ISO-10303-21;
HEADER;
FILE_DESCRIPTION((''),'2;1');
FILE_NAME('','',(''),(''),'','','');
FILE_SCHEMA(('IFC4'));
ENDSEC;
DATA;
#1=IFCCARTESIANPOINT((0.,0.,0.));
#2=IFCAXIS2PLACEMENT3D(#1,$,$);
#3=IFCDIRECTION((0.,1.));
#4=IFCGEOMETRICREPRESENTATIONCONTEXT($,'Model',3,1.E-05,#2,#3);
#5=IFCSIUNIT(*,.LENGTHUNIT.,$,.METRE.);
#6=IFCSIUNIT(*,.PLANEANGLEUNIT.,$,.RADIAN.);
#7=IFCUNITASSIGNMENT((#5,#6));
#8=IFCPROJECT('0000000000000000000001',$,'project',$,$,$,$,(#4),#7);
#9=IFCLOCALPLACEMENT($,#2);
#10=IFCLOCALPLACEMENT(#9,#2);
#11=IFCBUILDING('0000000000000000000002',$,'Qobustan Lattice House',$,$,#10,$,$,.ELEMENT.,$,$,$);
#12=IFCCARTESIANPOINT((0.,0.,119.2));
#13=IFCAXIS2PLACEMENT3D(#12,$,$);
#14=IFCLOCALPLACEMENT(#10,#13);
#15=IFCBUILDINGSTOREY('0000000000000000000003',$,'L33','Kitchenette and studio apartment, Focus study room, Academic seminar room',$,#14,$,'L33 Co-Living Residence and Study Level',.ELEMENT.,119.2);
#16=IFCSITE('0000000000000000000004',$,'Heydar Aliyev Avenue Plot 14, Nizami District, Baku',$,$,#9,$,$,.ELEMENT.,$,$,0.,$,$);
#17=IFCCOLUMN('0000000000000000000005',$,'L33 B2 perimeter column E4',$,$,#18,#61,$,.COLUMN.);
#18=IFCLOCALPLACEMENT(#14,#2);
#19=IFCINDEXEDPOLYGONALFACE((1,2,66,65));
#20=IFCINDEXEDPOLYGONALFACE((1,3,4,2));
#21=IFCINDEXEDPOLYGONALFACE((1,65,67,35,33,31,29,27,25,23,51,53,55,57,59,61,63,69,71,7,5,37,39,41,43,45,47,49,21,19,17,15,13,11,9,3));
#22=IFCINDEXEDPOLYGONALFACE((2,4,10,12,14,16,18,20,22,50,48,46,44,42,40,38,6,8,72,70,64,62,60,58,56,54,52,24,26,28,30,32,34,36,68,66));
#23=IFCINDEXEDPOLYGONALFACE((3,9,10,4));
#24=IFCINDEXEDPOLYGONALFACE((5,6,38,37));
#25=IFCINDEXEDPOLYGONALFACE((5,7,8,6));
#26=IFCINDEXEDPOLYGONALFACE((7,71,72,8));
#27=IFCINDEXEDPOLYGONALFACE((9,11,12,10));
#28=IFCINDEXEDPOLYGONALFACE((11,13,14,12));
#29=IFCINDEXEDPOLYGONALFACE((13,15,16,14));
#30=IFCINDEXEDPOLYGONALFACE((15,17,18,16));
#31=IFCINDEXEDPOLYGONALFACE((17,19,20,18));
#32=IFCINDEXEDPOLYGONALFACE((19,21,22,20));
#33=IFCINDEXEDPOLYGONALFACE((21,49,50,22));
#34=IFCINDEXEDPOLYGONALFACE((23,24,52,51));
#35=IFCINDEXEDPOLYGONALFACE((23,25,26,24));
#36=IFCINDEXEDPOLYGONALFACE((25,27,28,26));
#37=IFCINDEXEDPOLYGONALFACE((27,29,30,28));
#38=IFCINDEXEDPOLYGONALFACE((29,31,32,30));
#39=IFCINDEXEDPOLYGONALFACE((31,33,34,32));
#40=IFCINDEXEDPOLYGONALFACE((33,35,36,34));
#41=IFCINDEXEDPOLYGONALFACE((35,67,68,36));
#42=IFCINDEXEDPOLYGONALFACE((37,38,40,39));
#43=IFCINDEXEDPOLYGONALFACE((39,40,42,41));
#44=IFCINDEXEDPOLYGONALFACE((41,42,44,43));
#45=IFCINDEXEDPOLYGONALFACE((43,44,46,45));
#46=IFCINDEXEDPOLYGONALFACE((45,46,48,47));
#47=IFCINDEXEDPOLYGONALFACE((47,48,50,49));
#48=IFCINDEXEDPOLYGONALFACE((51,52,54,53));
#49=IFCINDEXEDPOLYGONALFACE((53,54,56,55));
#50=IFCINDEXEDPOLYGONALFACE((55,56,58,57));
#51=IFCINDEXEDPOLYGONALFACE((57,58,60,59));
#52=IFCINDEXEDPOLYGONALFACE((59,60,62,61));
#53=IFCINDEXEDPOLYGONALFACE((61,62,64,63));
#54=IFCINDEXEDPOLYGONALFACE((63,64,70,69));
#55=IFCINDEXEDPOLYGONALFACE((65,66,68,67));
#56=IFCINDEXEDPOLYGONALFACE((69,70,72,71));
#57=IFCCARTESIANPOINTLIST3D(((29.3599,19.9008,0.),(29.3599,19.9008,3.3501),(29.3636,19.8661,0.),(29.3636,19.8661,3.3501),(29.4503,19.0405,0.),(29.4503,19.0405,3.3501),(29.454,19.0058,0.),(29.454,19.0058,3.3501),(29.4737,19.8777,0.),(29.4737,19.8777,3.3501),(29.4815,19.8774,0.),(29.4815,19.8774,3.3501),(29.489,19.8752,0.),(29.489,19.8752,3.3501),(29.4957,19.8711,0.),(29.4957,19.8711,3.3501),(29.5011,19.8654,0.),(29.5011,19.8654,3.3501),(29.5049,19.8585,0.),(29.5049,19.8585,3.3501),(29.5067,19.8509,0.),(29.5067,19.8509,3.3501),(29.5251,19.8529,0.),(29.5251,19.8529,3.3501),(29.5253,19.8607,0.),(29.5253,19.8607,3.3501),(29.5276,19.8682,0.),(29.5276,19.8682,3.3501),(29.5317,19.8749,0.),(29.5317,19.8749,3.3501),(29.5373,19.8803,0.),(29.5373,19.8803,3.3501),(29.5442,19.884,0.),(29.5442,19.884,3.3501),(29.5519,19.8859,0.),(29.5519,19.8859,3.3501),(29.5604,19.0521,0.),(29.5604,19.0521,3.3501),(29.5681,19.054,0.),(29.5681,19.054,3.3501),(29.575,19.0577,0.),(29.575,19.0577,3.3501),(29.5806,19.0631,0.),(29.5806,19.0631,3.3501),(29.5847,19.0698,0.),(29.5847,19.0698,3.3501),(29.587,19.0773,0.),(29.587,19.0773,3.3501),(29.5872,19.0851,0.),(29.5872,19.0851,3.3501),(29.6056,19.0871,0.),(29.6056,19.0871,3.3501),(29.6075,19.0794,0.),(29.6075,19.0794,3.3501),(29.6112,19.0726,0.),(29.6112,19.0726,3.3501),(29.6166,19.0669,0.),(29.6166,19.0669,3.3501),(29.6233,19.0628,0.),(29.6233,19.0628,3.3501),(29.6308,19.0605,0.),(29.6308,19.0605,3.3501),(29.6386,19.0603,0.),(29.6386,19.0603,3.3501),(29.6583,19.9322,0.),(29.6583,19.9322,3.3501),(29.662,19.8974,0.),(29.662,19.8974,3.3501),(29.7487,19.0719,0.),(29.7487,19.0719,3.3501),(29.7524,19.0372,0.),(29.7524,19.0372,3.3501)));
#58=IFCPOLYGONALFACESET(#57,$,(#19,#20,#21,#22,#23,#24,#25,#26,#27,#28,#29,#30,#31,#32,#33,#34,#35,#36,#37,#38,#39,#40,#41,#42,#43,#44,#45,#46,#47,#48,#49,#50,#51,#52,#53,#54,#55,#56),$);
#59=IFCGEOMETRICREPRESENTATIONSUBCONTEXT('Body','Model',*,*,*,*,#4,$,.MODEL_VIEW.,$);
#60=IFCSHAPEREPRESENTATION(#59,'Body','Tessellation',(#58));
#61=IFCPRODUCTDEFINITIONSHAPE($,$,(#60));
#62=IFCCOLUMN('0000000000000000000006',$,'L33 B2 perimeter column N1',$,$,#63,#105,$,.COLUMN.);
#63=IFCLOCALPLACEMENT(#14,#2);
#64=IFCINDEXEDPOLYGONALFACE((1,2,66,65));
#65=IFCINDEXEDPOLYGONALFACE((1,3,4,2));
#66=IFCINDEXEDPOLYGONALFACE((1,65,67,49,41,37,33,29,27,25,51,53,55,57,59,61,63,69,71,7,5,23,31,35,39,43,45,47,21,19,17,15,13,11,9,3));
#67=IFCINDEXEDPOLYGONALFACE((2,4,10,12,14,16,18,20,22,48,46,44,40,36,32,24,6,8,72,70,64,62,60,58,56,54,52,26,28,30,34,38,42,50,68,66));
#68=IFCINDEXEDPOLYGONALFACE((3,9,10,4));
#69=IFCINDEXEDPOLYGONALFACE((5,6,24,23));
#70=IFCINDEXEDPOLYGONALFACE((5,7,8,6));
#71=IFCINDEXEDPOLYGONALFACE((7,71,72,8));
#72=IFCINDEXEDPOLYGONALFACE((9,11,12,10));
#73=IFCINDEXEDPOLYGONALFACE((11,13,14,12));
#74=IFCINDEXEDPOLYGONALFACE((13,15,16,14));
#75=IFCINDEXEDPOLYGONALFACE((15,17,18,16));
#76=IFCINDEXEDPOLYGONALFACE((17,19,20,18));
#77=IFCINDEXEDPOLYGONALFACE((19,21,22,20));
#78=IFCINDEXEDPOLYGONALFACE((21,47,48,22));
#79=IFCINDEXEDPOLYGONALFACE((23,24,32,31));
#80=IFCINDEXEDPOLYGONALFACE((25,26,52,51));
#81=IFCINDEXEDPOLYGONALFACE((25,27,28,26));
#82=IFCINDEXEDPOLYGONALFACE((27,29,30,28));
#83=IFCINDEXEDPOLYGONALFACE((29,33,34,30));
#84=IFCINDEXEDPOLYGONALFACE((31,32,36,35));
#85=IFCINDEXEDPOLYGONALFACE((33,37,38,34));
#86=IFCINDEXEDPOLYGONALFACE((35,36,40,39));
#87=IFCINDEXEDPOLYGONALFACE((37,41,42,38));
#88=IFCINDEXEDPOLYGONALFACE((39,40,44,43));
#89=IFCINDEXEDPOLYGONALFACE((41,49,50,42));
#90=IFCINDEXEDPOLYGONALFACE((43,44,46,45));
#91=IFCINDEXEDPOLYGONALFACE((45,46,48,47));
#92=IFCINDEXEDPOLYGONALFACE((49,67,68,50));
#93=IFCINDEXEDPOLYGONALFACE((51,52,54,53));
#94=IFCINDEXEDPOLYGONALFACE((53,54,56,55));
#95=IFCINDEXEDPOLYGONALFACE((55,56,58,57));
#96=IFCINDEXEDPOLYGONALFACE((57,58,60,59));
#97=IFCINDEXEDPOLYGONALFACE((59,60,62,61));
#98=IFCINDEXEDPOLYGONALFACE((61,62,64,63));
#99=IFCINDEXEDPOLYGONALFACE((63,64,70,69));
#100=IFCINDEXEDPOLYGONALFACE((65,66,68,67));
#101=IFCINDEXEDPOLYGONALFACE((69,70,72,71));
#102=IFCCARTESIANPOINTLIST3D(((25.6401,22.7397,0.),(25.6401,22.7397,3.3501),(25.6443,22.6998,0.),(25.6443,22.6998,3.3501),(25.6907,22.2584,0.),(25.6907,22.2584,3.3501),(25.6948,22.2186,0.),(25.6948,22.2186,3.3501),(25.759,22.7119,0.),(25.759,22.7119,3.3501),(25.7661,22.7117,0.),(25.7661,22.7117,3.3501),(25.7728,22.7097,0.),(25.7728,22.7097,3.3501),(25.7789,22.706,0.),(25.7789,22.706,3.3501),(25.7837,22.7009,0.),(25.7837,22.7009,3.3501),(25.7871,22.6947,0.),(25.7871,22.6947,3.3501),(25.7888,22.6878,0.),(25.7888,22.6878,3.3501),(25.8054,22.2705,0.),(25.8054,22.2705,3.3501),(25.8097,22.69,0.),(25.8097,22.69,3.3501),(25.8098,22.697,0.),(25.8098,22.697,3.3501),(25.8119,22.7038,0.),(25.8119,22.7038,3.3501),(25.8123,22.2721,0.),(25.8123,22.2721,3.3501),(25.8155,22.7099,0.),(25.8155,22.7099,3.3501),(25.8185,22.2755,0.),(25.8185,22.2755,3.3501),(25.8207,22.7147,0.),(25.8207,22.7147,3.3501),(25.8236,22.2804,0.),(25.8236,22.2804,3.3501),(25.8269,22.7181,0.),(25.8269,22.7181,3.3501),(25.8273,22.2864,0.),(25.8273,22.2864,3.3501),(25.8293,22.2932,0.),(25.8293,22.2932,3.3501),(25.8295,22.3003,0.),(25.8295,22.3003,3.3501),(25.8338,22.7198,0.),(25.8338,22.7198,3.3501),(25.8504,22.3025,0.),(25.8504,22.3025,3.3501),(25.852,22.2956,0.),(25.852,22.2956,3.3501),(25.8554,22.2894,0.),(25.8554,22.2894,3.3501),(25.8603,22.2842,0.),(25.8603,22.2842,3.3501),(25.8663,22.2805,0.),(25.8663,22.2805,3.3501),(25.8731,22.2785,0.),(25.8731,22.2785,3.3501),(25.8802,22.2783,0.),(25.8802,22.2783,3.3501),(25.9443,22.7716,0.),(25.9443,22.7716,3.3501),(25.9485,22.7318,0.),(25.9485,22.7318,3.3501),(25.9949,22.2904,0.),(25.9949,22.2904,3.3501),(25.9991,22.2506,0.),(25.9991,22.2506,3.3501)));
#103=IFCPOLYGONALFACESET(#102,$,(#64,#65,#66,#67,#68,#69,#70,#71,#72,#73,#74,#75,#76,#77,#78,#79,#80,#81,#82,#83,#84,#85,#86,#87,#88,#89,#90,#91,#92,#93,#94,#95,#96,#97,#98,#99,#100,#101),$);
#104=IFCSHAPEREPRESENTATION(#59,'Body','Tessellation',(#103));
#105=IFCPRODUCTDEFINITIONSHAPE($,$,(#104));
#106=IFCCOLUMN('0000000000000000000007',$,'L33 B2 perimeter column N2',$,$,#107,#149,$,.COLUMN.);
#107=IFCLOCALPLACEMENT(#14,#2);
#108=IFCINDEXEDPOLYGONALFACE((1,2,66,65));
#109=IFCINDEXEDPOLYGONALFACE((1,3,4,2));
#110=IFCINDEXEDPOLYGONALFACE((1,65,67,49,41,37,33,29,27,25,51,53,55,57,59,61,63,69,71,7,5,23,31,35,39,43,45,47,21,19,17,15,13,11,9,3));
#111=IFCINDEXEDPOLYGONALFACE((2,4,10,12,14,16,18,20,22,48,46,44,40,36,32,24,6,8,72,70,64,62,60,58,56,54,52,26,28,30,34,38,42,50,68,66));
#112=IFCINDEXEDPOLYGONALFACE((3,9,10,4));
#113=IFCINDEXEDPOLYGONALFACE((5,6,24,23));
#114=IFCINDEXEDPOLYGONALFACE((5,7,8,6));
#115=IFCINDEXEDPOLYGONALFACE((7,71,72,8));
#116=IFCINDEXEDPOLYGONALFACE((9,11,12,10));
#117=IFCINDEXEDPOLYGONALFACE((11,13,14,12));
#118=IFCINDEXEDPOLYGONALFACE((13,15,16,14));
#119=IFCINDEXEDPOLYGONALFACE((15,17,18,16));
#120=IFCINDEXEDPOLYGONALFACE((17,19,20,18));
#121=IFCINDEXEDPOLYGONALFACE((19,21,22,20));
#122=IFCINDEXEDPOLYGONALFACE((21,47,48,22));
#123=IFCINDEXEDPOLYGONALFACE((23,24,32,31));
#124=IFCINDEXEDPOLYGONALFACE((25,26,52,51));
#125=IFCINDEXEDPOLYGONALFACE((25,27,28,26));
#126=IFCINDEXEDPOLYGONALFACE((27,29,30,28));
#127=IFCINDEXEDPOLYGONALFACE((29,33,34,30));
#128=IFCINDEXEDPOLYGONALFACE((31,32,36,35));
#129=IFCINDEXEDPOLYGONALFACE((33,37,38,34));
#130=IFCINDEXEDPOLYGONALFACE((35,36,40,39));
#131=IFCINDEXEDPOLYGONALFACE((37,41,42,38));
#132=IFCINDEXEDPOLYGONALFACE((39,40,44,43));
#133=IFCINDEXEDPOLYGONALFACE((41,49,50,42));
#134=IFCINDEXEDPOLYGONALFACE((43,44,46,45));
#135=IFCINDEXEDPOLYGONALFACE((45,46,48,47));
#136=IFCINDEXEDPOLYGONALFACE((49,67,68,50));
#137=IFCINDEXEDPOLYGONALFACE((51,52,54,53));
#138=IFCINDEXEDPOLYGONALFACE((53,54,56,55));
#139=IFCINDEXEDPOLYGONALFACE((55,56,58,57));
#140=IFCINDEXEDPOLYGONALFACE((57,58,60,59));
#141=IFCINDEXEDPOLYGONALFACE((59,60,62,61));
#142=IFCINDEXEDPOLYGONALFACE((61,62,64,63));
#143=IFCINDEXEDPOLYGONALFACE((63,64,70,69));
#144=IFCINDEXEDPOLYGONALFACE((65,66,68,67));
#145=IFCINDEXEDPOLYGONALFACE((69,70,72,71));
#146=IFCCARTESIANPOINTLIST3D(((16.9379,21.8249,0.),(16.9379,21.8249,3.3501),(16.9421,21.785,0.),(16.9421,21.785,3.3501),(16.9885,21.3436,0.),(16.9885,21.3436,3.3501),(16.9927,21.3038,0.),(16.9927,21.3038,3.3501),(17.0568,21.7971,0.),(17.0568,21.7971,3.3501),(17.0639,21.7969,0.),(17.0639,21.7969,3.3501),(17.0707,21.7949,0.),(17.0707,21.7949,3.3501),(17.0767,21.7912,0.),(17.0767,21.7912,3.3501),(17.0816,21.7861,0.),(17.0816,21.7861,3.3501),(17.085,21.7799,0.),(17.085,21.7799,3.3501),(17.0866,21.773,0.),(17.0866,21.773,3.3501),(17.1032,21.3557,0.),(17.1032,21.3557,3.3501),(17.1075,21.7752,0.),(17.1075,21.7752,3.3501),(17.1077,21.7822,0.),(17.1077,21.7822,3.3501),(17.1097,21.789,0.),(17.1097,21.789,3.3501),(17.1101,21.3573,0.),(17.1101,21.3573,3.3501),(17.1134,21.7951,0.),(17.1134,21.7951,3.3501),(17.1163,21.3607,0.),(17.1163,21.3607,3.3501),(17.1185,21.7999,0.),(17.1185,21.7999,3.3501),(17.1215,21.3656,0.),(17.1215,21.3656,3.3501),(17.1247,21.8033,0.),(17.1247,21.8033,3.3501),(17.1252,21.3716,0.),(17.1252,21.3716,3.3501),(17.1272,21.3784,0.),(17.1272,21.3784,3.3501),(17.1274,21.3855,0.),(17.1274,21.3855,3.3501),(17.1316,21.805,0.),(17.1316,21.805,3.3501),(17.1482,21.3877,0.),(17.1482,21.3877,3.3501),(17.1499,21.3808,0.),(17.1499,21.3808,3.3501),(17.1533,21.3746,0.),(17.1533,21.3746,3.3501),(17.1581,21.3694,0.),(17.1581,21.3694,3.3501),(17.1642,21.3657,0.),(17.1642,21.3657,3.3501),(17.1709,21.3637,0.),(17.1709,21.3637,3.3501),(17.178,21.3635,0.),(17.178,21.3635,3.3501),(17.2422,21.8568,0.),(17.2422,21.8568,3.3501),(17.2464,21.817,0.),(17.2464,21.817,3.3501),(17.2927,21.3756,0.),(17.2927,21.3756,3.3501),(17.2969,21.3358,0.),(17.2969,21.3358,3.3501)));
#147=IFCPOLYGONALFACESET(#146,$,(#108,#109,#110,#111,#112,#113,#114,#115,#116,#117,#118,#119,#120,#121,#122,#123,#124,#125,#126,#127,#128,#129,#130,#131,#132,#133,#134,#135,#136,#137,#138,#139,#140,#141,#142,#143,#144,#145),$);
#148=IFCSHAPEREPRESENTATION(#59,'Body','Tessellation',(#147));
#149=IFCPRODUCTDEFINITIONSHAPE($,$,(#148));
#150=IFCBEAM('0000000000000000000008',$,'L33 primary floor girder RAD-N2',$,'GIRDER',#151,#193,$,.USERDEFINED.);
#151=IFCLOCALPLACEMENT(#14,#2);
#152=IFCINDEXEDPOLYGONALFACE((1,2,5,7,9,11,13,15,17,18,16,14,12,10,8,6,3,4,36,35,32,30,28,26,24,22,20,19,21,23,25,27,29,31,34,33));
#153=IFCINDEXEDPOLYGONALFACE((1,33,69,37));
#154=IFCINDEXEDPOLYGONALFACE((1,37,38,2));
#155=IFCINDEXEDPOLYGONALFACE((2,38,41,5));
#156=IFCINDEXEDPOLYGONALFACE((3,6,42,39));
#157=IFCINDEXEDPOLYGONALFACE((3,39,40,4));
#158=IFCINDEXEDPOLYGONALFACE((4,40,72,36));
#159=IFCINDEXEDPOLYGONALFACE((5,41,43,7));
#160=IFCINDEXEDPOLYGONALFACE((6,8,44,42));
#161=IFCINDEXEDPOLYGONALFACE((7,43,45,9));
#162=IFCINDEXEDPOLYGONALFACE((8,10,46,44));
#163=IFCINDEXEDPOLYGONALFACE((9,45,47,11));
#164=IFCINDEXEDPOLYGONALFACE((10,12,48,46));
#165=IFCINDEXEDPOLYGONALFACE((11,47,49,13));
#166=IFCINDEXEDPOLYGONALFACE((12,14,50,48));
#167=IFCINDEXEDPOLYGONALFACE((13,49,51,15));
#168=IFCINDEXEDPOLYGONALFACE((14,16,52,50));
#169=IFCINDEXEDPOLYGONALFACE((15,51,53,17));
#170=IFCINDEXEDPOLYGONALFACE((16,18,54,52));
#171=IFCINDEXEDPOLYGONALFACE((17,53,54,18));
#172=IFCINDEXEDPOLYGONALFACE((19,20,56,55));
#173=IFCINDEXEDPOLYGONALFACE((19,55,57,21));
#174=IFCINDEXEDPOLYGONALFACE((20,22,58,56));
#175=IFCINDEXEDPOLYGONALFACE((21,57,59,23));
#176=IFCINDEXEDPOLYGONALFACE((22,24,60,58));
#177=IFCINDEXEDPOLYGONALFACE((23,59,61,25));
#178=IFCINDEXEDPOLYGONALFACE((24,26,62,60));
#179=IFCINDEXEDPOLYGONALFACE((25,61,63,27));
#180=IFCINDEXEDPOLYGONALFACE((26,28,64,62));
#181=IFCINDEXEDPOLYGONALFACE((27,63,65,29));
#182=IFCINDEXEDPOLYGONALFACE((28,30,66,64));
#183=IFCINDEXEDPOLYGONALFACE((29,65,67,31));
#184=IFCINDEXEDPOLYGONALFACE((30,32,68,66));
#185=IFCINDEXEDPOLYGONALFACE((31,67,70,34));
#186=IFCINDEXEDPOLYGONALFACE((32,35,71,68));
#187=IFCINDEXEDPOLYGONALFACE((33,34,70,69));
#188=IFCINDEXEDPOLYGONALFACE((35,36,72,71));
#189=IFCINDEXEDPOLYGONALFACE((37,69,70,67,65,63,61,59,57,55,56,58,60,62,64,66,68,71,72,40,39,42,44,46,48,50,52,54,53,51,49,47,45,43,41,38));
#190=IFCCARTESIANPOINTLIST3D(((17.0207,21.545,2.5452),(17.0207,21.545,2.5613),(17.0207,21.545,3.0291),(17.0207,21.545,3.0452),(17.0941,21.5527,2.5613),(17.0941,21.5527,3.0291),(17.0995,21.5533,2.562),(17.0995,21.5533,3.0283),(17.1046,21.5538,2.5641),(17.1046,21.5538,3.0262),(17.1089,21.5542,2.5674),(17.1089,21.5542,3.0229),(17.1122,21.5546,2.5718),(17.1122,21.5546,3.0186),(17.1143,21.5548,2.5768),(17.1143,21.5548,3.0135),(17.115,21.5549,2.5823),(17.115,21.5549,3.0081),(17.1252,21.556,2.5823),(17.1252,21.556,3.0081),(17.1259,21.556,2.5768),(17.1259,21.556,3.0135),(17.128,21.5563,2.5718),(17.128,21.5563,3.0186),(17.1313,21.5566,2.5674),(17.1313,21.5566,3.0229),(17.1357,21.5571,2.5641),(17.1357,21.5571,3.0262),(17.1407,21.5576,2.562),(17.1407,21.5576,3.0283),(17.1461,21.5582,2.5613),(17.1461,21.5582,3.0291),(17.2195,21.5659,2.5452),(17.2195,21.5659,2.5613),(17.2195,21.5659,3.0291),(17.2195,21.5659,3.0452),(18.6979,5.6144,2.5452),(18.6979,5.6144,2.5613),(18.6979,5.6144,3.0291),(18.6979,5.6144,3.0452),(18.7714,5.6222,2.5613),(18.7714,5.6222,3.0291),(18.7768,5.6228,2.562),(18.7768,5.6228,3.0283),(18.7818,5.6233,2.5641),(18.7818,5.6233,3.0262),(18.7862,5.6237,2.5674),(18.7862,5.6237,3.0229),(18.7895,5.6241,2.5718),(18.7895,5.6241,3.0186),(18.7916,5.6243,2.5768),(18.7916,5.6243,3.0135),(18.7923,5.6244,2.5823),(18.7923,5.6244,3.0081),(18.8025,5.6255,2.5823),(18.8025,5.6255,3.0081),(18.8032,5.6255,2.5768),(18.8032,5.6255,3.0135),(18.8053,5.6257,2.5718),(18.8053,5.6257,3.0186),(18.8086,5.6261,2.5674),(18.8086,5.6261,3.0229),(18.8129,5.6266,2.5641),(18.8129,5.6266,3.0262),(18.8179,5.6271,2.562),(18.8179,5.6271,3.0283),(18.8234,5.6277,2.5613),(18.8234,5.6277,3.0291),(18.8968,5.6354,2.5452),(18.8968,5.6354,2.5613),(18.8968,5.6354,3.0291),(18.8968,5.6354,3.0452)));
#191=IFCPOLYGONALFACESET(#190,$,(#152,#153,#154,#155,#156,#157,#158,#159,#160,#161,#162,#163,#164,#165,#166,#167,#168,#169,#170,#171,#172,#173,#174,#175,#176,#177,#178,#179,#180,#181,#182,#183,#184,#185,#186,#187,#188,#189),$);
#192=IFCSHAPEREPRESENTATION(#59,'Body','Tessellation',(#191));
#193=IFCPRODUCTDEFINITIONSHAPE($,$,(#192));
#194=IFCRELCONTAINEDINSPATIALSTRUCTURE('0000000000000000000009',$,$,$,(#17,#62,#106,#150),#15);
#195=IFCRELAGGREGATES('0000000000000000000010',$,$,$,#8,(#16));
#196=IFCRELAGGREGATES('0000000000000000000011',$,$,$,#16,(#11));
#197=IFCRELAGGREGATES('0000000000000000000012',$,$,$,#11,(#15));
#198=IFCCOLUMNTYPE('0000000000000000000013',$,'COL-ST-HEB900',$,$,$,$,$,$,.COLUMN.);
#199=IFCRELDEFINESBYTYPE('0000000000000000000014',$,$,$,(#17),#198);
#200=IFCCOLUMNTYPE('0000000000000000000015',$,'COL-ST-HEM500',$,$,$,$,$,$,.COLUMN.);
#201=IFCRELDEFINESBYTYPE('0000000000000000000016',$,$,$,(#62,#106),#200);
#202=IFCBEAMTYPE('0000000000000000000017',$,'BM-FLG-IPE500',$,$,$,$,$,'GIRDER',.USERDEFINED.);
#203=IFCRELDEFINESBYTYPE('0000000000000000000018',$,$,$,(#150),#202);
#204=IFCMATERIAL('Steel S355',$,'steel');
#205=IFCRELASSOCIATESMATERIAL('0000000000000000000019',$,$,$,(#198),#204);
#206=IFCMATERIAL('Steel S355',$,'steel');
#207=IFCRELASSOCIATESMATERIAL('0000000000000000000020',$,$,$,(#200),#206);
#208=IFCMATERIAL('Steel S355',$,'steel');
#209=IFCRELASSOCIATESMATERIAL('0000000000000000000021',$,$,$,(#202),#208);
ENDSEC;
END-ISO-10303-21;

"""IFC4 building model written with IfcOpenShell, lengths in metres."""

from ifc_helpers import new_model, si_unit, direction, frame, origin, origin_2d, place, context, subcontext, project, spatial, i_section, extrude, material, material_profile, profile_set, type_object, element, save


model = new_model("IFC4")

# Units and contexts
model_context = context("Model", 3, precision=1e-05, world=origin(), true_north=direction((0.0, 1.0)))
body_context = subcontext(model_context, "Body", "Model", "MODEL_VIEW")
ifc_project = project(units=[si_unit("LENGTHUNIT", "METRE"), si_unit("PLANEANGLEUNIT", "RADIAN")], contexts=[model_context])

# Site, building, storey
site_placement = place(None, origin())
site = spatial("IfcSite", under=ifc_project, at=site_placement, Name="Heydar Aliyev Avenue Plot 14, Nizami District, Baku", CompositionType="ELEMENT", RefElevation=0.0)
building_placement = place(site_placement, origin())
building = spatial("IfcBuilding", under=site, at=building_placement, Name="Qobustan Lattice House", CompositionType="ELEMENT")
storey_placement = place(building_placement, frame((0.0, 0.0, 119.2)))
storey = spatial("IfcBuildingStorey", under=building, at=storey_placement, Name="L33", Description="Kitchenette and studio apartment, Focus study room, Academic seminar room", LongName="L33 Co-Living Residence and Study Level", CompositionType="ELEMENT", Elevation=119.2)

# Columns
ifc_material_1 = material(Name="Steel S355", Category="steel")
ifc_material_profile_1 = material_profile(ifc_material_1, i_section(OverallWidth=0.3, OverallDepth=0.8999, WebThickness=0.0186, FlangeThickness=0.0349, FilletRadius=0.03, at=origin_2d()), Name="HEB900")
ifc_profile_set_1 = profile_set([ifc_material_profile_1], Name="Steel S355")
column_type_1 = type_object("IfcColumnType", Name="COL-ST-HEB900", PredefinedType="COLUMN", material=ifc_profile_set_1)
column_placement = place(storey_placement, frame((29.5562, 19.469, 0.0), z_axis=(0.0, 0.0, 1.0), x_axis=(0.994522, 0.104528, 0.0)))
element("IfcColumn", 1, at=column_placement, inside=storey, type_object=column_type_1, Name="L33 B2 perimeter column E4", PredefinedType="COLUMN", context=body_context, shape_type="SweptSolid", body=[
    extrude(i_section(OverallWidth=0.3, OverallDepth=0.8999, WebThickness=0.0186, FlangeThickness=0.0349, FilletRadius=0.03, at=origin_2d()), origin(), (0.0, 0.0, 1.0), 3.3501),
])
ifc_material_2 = material(Name="Steel S355", Category="steel")
ifc_material_profile_2 = material_profile(ifc_material_2, i_section(OverallWidth=0.3059, OverallDepth=0.5239, WebThickness=0.021, FlangeThickness=0.04, FilletRadius=0.0271, at=origin_2d()), Name="HEM500")
ifc_profile_set_2 = profile_set([ifc_material_profile_2], Name="Steel S355")
column_type_2 = type_object("IfcColumnType", Name="COL-ST-HEM500", PredefinedType="COLUMN", material=ifc_profile_set_2)
for number, where, z_axis, x_axis, name in (
    (2, (25.8196, 22.4951, 0.0), (0.0, 0.0, 1.0), (0.994522, 0.104528, 0.0), "L33 B2 perimeter column N1"),
    (3, (17.1174, 21.5803, 0.0), (0.0, 0.0, 1.0), (0.994522, 0.104528, 0.0), "L33 B2 perimeter column N2"),
):
    element("IfcColumn", number, at=place(storey_placement, frame(where, z_axis=z_axis, x_axis=x_axis)), inside=storey, type_object=column_type_2, Name=name, PredefinedType="COLUMN", context=body_context, shape_type="SweptSolid", body=[
        extrude(i_section(OverallWidth=0.3059, OverallDepth=0.5239, WebThickness=0.021, FlangeThickness=0.04, FilletRadius=0.0271, at=origin_2d()), origin(), (0.0, 0.0, 1.0), 3.3501),
    ])

# Beam
ifc_material_3 = material(Name="Steel S355", Category="steel")
ifc_material_profile_3 = material_profile(ifc_material_3, i_section(OverallWidth=0.2, OverallDepth=0.5, WebThickness=0.0103, FlangeThickness=0.0161, FilletRadius=0.021, at=origin_2d()), Name="IPE500")
ifc_profile_set_3 = profile_set([ifc_material_profile_3], Name="Steel S355")
beam_type_1 = type_object("IfcBeamType", Name="BM-FLG-IPE500", ElementType="GIRDER", PredefinedType="USERDEFINED", material=ifc_profile_set_3)
beam_1_placement = place(storey_placement, frame((17.1201, 21.5554, 2.7952), z_axis=(0.104707, -0.994503, 0.0), x_axis=(0.994503, 0.104707, 0.0)))
element("IfcBeam", 4, at=beam_1_placement, inside=storey, type_object=beam_type_1, Name="L33 primary floor girder RAD-N2", ObjectType="GIRDER", PredefinedType="USERDEFINED", context=body_context, shape_type="SweptSolid", body=[
    extrude(i_section(OverallWidth=0.2, OverallDepth=0.5, WebThickness=0.0103, FlangeThickness=0.0161, FilletRadius=0.021, at=origin_2d()), origin(), (0.0, 0.0, 1.0), 16.0186),
])

save(model, "model.ifc")
